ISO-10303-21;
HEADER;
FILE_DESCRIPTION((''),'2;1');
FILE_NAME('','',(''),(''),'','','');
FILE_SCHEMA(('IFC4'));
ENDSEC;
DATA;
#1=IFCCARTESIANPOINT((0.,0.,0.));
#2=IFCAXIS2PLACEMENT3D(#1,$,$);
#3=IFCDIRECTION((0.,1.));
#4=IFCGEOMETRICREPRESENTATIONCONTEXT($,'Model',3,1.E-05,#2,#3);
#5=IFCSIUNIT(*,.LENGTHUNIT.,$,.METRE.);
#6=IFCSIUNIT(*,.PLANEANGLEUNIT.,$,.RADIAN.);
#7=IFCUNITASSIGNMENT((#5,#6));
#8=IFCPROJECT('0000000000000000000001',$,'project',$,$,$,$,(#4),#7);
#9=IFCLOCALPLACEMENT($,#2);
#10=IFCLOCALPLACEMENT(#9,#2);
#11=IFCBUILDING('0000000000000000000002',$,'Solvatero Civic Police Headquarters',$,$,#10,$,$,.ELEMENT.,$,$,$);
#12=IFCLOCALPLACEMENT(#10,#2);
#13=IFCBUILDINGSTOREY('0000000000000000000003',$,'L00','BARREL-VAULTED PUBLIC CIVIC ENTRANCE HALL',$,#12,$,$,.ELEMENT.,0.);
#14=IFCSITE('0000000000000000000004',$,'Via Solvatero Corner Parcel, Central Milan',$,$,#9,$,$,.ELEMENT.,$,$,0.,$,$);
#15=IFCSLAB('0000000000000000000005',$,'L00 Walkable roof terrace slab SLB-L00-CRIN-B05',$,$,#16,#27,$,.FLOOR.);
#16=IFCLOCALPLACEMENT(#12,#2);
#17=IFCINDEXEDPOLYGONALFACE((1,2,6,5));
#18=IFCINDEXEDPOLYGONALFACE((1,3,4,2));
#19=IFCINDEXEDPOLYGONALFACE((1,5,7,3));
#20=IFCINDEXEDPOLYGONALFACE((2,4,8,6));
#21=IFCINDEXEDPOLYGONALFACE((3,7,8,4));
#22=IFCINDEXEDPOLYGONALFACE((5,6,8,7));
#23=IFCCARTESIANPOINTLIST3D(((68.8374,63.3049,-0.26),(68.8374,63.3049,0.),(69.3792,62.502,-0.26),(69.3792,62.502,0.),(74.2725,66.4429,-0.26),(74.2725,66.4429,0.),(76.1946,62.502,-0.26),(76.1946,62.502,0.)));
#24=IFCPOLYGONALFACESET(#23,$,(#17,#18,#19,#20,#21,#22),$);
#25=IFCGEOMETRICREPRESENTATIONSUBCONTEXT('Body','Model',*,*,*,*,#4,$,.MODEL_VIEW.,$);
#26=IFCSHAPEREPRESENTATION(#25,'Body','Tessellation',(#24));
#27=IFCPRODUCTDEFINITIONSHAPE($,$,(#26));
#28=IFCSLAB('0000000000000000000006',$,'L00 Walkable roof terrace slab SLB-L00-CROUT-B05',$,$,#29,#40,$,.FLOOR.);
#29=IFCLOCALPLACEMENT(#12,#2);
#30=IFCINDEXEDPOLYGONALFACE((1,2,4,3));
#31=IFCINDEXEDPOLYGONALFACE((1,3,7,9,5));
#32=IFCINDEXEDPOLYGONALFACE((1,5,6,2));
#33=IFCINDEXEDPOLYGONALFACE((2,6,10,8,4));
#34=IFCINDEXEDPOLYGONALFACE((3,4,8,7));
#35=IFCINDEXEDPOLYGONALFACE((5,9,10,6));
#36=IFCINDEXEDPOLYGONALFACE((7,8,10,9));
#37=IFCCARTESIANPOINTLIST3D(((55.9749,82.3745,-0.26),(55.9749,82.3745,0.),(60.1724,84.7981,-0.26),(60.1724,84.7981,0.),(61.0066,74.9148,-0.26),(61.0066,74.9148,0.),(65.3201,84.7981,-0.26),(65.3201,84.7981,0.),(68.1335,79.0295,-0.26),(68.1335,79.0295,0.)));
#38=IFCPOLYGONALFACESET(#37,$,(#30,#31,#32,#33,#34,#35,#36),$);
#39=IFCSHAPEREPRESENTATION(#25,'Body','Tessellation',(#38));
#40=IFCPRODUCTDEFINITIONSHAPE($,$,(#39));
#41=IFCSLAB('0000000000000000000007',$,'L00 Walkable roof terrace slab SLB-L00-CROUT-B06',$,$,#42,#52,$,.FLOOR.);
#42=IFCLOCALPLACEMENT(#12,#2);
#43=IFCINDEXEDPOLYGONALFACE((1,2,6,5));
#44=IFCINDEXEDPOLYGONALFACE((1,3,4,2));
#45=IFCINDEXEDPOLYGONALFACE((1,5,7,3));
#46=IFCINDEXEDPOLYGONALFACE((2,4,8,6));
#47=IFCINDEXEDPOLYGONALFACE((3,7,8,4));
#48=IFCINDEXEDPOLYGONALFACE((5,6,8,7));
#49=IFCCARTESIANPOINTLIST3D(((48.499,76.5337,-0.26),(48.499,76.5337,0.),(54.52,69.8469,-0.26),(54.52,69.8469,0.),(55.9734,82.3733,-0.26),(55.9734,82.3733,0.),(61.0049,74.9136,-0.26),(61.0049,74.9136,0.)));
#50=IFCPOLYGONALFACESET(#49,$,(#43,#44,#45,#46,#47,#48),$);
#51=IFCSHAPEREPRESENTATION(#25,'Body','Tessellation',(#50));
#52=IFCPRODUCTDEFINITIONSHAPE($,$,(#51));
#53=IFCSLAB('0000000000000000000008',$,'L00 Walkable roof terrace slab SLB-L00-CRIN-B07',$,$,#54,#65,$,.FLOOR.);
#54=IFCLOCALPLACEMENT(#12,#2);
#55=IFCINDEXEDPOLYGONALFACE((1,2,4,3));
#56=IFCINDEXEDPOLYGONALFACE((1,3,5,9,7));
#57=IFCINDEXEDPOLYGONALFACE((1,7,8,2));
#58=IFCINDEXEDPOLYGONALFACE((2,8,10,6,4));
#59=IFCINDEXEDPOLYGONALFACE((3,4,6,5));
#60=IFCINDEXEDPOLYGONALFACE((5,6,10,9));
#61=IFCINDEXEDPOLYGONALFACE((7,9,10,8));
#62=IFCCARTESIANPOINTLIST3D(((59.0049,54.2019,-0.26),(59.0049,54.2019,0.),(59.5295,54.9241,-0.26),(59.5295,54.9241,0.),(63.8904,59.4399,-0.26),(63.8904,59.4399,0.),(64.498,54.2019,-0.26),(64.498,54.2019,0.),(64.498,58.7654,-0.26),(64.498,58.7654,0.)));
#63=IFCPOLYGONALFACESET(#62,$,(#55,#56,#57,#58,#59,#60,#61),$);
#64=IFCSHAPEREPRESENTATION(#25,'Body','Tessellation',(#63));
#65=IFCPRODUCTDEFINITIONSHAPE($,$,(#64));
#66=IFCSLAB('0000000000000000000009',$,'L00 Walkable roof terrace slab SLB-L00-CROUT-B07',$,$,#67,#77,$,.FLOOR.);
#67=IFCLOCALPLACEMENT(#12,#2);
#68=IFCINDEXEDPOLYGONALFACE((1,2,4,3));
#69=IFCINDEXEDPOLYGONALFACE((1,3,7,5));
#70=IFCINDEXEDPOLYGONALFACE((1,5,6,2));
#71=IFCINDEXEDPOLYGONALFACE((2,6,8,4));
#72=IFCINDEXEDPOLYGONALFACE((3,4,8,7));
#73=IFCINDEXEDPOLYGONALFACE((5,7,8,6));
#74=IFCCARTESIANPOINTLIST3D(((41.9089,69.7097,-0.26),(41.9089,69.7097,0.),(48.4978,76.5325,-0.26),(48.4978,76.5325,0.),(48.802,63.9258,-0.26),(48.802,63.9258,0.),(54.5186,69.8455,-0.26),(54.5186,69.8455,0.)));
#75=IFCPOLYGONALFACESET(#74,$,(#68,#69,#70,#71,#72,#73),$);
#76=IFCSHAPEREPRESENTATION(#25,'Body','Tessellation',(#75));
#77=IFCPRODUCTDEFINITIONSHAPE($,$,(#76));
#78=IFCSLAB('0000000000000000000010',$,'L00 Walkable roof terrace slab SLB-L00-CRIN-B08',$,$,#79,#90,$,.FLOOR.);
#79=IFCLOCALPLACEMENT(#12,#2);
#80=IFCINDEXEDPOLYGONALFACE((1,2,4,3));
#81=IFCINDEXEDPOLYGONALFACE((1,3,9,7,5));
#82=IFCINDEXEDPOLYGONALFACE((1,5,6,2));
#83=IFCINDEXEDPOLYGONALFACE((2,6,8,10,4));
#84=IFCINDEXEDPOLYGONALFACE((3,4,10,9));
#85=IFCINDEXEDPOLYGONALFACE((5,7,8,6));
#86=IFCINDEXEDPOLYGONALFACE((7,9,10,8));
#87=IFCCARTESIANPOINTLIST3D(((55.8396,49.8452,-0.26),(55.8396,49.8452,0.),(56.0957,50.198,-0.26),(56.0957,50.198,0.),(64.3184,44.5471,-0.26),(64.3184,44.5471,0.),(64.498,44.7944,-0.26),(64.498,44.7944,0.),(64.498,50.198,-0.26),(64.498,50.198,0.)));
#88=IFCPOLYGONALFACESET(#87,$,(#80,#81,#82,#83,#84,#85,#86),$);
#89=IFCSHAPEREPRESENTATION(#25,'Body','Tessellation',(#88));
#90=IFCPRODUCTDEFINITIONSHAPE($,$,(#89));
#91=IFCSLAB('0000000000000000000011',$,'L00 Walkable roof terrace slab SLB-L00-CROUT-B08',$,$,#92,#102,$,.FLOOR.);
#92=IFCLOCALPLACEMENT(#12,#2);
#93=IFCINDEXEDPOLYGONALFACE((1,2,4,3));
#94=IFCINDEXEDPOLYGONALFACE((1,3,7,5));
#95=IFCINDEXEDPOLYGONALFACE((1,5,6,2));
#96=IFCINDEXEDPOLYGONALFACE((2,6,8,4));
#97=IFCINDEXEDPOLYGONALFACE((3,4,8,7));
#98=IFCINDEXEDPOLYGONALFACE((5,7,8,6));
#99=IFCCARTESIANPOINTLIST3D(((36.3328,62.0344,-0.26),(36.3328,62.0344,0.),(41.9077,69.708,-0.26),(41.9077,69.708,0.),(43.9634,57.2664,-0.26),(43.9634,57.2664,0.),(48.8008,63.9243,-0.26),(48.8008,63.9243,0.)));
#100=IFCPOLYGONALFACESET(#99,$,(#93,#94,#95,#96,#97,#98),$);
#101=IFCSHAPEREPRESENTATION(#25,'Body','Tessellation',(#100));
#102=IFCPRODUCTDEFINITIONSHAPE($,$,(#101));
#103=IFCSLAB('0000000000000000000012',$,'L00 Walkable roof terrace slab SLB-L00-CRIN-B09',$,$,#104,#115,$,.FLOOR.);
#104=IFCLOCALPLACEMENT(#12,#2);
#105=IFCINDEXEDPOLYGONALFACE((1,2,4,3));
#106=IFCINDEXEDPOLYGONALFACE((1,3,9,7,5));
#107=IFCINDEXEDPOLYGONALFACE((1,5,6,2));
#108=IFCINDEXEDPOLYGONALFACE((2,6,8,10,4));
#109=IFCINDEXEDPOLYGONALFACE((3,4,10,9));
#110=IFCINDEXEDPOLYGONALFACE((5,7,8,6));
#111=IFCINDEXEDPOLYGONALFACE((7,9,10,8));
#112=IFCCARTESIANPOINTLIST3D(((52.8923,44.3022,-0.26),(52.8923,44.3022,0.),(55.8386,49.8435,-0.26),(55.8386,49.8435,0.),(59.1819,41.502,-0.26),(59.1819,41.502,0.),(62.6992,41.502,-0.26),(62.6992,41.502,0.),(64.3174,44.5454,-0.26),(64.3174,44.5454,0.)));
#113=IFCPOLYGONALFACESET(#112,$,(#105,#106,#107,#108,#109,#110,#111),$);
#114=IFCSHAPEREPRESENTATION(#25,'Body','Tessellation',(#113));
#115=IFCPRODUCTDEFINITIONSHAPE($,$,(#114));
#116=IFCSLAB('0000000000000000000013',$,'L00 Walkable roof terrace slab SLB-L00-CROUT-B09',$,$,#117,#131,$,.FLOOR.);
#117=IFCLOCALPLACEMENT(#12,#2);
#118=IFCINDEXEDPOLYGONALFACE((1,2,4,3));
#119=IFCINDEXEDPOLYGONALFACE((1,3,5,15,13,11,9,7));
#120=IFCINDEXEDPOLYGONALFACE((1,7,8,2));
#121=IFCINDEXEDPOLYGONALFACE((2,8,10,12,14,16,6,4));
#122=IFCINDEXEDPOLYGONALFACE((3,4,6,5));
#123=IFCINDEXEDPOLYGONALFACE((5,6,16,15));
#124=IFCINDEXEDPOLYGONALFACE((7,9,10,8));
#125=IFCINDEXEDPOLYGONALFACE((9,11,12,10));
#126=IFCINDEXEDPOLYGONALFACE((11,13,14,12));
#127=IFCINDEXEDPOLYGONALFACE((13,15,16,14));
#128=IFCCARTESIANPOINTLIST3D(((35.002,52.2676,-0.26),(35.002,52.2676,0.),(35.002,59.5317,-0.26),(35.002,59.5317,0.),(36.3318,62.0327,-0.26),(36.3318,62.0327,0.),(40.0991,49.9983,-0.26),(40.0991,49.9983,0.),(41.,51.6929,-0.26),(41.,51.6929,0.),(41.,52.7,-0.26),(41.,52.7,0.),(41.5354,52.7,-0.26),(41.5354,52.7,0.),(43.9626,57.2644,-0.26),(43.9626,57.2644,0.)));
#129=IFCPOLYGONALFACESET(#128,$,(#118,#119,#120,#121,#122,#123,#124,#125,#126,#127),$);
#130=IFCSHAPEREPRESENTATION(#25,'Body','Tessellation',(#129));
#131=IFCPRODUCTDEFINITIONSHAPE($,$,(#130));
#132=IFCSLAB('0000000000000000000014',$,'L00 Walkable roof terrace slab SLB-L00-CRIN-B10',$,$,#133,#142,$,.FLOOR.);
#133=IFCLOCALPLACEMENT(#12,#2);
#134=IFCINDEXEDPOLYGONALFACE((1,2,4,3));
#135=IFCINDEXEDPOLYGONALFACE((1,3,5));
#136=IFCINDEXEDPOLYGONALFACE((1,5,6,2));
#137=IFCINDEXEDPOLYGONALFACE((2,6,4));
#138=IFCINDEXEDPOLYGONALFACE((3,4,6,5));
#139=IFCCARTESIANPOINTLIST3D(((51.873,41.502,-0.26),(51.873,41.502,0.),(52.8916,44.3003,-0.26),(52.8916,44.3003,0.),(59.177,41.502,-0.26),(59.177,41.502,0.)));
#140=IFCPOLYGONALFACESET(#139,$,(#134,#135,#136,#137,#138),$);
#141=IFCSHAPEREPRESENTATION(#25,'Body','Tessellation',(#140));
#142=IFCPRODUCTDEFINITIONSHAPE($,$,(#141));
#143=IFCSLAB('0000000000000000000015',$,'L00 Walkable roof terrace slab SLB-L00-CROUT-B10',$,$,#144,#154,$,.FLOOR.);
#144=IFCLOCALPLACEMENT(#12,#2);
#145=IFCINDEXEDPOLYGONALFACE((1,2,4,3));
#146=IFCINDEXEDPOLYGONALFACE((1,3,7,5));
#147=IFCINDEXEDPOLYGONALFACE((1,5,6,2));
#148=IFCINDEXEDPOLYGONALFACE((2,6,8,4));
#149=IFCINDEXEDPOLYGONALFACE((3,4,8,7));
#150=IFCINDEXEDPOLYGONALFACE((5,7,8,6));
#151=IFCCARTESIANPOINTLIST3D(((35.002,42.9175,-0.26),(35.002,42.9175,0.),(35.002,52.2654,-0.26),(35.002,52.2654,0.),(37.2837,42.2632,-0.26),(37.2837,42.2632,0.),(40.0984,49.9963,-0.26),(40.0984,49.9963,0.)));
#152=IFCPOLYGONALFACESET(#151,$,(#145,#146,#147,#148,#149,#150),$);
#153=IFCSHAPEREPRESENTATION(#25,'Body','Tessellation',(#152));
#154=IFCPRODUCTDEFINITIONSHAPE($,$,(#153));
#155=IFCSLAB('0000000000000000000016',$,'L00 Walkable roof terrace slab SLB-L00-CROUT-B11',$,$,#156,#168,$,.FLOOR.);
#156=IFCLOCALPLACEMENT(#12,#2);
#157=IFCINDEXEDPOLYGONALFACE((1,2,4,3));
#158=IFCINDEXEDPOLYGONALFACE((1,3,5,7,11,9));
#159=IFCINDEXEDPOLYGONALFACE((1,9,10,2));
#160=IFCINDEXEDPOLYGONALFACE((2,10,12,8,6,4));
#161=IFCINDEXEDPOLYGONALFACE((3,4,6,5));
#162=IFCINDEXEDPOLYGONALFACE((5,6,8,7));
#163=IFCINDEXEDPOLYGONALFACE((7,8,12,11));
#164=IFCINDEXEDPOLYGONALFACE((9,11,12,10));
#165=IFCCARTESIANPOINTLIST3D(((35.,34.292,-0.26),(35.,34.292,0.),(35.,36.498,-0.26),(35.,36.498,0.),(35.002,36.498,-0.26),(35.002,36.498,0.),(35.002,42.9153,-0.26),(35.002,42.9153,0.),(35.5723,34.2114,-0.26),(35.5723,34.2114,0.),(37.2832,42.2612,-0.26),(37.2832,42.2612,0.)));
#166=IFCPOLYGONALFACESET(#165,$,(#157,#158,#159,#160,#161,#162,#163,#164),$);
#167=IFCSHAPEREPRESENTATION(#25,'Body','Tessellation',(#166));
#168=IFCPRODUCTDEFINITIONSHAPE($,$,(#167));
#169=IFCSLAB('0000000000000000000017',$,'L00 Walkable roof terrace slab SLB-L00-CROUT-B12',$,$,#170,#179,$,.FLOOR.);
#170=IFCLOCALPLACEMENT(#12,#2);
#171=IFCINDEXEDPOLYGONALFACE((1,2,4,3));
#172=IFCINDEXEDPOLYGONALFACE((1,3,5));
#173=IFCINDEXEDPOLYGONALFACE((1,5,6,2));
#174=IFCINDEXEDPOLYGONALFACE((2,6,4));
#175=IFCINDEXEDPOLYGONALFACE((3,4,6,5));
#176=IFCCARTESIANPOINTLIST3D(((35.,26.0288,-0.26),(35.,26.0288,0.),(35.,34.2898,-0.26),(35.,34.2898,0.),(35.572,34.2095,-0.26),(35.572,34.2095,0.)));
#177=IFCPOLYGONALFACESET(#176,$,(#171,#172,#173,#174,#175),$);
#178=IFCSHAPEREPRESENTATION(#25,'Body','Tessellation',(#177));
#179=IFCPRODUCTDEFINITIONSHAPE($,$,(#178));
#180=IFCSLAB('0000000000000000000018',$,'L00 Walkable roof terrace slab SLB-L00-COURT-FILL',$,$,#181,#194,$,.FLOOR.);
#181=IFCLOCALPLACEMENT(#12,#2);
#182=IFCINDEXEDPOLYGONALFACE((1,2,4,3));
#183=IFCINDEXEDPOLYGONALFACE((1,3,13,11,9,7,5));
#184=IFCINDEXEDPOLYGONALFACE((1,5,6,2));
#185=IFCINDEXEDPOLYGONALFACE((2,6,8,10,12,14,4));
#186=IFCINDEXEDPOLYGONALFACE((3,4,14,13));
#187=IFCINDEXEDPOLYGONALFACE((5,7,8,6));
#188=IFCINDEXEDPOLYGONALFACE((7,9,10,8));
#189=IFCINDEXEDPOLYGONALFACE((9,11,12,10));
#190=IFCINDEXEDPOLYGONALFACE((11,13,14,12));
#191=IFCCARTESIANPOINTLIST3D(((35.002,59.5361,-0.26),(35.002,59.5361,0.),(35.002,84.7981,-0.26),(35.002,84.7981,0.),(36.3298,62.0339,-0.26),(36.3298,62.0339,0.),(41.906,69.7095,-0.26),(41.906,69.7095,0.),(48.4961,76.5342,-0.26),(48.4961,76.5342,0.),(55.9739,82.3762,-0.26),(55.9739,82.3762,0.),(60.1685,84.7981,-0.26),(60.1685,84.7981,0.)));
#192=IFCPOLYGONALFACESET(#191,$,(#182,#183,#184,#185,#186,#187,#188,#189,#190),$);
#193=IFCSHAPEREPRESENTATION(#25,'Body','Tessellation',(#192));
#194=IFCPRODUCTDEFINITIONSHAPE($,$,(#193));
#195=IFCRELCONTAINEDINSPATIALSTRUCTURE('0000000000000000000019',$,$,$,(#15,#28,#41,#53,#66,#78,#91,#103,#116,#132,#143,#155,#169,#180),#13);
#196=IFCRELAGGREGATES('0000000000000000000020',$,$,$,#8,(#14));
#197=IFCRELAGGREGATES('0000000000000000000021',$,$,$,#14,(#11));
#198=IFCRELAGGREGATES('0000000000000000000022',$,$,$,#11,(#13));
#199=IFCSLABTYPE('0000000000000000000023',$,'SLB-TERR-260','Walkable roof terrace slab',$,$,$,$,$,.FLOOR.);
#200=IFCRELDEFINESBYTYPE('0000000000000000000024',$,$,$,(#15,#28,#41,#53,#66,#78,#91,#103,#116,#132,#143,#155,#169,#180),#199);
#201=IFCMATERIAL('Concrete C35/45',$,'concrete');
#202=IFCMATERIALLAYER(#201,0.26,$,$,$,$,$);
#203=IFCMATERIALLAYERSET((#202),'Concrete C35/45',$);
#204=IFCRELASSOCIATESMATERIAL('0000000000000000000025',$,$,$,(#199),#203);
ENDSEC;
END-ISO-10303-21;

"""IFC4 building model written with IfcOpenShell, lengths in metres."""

from ifc_helpers import new_model, si_unit, direction, frame, origin, place, context, subcontext, project, spatial, polyline, outline, extrude, material, layer, layer_set, type_object, element, save


model = new_model("IFC4")

# Units and contexts
model_context = context("Model", 3, precision=1e-05, world=origin(), true_north=direction((0.0, 1.0)))
body_context = subcontext(model_context, "Body", "Model", "MODEL_VIEW")
ifc_project = project(units=[si_unit("LENGTHUNIT", "METRE"), si_unit("PLANEANGLEUNIT", "RADIAN")], contexts=[model_context])

# Site, building, storey
site_placement = place(None, origin())
site = spatial("IfcSite", under=ifc_project, at=site_placement, Name="Via Solvatero Corner Parcel, Central Milan", CompositionType="ELEMENT", RefElevation=0.0)
building_placement = place(site_placement, origin())
building = spatial("IfcBuilding", under=site, at=building_placement, Name="Solvatero Civic Police Headquarters", CompositionType="ELEMENT")
storey_placement = place(building_placement, origin())
storey = spatial("IfcBuildingStorey", under=building, at=storey_placement, Name="L00", Description="BARREL-VAULTED PUBLIC CIVIC ENTRANCE HALL", CompositionType="ELEMENT", Elevation=0.0)

# Slabs
ifc_material = material(Name="Concrete C35/45", Category="concrete")
ifc_layer = layer(ifc_material, 0.26)
ifc_layer_set = layer_set([ifc_layer], Name="Concrete C35/45")
slab_type = type_object("IfcSlabType", Name="SLB-TERR-260", Description="Walkable roof terrace slab", PredefinedType="FLOOR", material=ifc_layer_set)
slab_1_placement = place(storey_placement, frame((0.0, 0.0, -0.26)))
element("IfcSlab", 1, at=slab_1_placement, inside=storey, type_object=slab_type, Name="L00 Walkable roof terrace slab SLB-L00-CRIN-B05", PredefinedType="FLOOR", context=body_context, shape_type="SweptSolid", body=[
    extrude(outline(polyline([(68.8374, 63.3049), (74.2725, 66.4429), (76.1946, 62.502), (69.3792, 62.502), (68.8374, 63.3049)])), origin(), (0.0, 0.0, 1.0), 0.26),
])
slab_2_placement = place(storey_placement, frame((0.0, 0.0, -0.26)))
element("IfcSlab", 2, at=slab_2_placement, inside=storey, type_object=slab_type, Name="L00 Walkable roof terrace slab SLB-L00-CROUT-B05", PredefinedType="FLOOR", context=body_context, shape_type="SweptSolid", body=[
    extrude(outline(polyline([(55.9749, 82.3745), (60.1724, 84.7981), (65.3201, 84.7981), (68.1335, 79.0295), (61.0066, 74.9148), (55.9749, 82.3745)])), origin(), (0.0, 0.0, 1.0), 0.26),
])
slab_3_placement = place(storey_placement, frame((0.0, 0.0, -0.26)))
element("IfcSlab", 3, at=slab_3_placement, inside=storey, type_object=slab_type, Name="L00 Walkable roof terrace slab SLB-L00-CROUT-B06", PredefinedType="FLOOR", context=body_context, shape_type="SweptSolid", body=[
    extrude(outline(polyline([(55.9734, 82.3733), (61.0049, 74.9136), (54.52, 69.8469), (48.499, 76.5337), (55.9734, 82.3733)])), origin(), (0.0, 0.0, 1.0), 0.26),
])
slab_4_placement = place(storey_placement, frame((0.0, 0.0, -0.26)))
element("IfcSlab", 4, at=slab_4_placement, inside=storey, type_object=slab_type, Name="L00 Walkable roof terrace slab SLB-L00-CRIN-B07", PredefinedType="FLOOR", context=body_context, shape_type="SweptSolid", body=[
    extrude(outline(polyline([(64.498, 58.7654), (64.498, 54.2019), (59.0049, 54.2019), (59.5295, 54.9241), (63.8904, 59.4399), (64.498, 58.7654)])), origin(), (0.0, 0.0, 1.0), 0.26),
])
slab_5_placement = place(storey_placement, frame((0.0, 0.0, -0.26)))
element("IfcSlab", 5, at=slab_5_placement, inside=storey, type_object=slab_type, Name="L00 Walkable roof terrace slab SLB-L00-CROUT-B07", PredefinedType="FLOOR", context=body_context, shape_type="SweptSolid", body=[
    extrude(outline(polyline([(48.4978, 76.5325), (54.5186, 69.8455), (48.802, 63.9258), (41.9089, 69.7097), (48.4978, 76.5325)])), origin(), (0.0, 0.0, 1.0), 0.26),
])
slab_6_placement = place(storey_placement, frame((0.0, 0.0, -0.26)))
element("IfcSlab", 6, at=slab_6_placement, inside=storey, type_object=slab_type, Name="L00 Walkable roof terrace slab SLB-L00-CRIN-B08", PredefinedType="FLOOR", context=body_context, shape_type="SweptSolid", body=[
    extrude(outline(polyline([(55.8396, 49.8452), (56.0957, 50.198), (64.498, 50.198), (64.498, 44.7944), (64.3184, 44.5471), (55.8396, 49.8452)])), origin(), (0.0, 0.0, 1.0), 0.26),
])
slab_7_placement = place(storey_placement, frame((0.0, 0.0, -0.26)))
element("IfcSlab", 7, at=slab_7_placement, inside=storey, type_object=slab_type, Name="L00 Walkable roof terrace slab SLB-L00-CROUT-B08", PredefinedType="FLOOR", context=body_context, shape_type="SweptSolid", body=[
    extrude(outline(polyline([(41.9077, 69.708), (48.8008, 63.9243), (43.9634, 57.2664), (36.3328, 62.0344), (41.9077, 69.708)])), origin(), (0.0, 0.0, 1.0), 0.26),
])
slab_8_placement = place(storey_placement, frame((0.0, 0.0, -0.26)))
element("IfcSlab", 8, at=slab_8_placement, inside=storey, type_object=slab_type, Name="L00 Walkable roof terrace slab SLB-L00-CRIN-B09", PredefinedType="FLOOR", context=body_context, shape_type="SweptSolid", body=[
    extrude(outline(polyline([(52.8923, 44.3022), (55.8386, 49.8435), (64.3174, 44.5454), (62.6992, 41.502), (59.1819, 41.502), (52.8923, 44.3022)])), origin(), (0.0, 0.0, 1.0), 0.26),
])
slab_9_placement = place(storey_placement, frame((0.0, 0.0, -0.26)))
element("IfcSlab", 9, at=slab_9_placement, inside=storey, type_object=slab_type, Name="L00 Walkable roof terrace slab SLB-L00-CROUT-B09", PredefinedType="FLOOR", context=body_context, shape_type="SweptSolid", body=[
    extrude(outline(polyline([(41.0, 52.7), (41.0, 51.6929), (40.0991, 49.9983), (35.002, 52.2676), (35.002, 59.5317), (36.3318, 62.0327), (43.9626, 57.2644), (41.5354, 52.7), (41.0, 52.7)])), origin(), (0.0, 0.0, 1.0), 0.26),
])
slab_10_placement = place(storey_placement, frame((0.0, 0.0, -0.26)))
element("IfcSlab", 10, at=slab_10_placement, inside=storey, type_object=slab_type, Name="L00 Walkable roof terrace slab SLB-L00-CRIN-B10", PredefinedType="FLOOR", context=body_context, shape_type="SweptSolid", body=[
    extrude(outline(polyline([(51.873, 41.502), (52.8916, 44.3003), (59.177, 41.502), (51.873, 41.502)])), origin(), (0.0, 0.0, 1.0), 0.26),
])
slab_11_placement = place(storey_placement, frame((0.0, 0.0, -0.26)))
element("IfcSlab", 11, at=slab_11_placement, inside=storey, type_object=slab_type, Name="L00 Walkable roof terrace slab SLB-L00-CROUT-B10", PredefinedType="FLOOR", context=body_context, shape_type="SweptSolid", body=[
    extrude(outline(polyline([(35.002, 42.9175), (35.002, 52.2654), (40.0984, 49.9963), (37.2837, 42.2632), (35.002, 42.9175)])), origin(), (0.0, 0.0, 1.0), 0.26),
])
slab_12_placement = place(storey_placement, frame((0.0, 0.0, -0.26)))
element("IfcSlab", 12, at=slab_12_placement, inside=storey, type_object=slab_type, Name="L00 Walkable roof terrace slab SLB-L00-CROUT-B11", PredefinedType="FLOOR", context=body_context, shape_type="SweptSolid", body=[
    extrude(outline(polyline([(35.0, 34.292), (35.0, 36.498), (35.002, 36.498), (35.002, 42.9153), (37.2832, 42.2612), (35.5723, 34.2114), (35.0, 34.292)])), origin(), (0.0, 0.0, 1.0), 0.26),
])
slab_13_placement = place(storey_placement, frame((0.0, 0.0, -0.26)))
element("IfcSlab", 13, at=slab_13_placement, inside=storey, type_object=slab_type, Name="L00 Walkable roof terrace slab SLB-L00-CROUT-B12", PredefinedType="FLOOR", context=body_context, shape_type="SweptSolid", body=[
    extrude(outline(polyline([(35.0, 34.2898), (35.572, 34.2095), (35.0, 26.0288), (35.0, 34.2898)])), origin(), (0.0, 0.0, 1.0), 0.26),
])
slab_14_placement = place(storey_placement, frame((0.0, 0.0, -0.26)))
element("IfcSlab", 14, at=slab_14_placement, inside=storey, type_object=slab_type, Name="L00 Walkable roof terrace slab SLB-L00-COURT-FILL", PredefinedType="FLOOR", context=body_context, shape_type="SweptSolid", body=[
    extrude(outline(polyline([(55.9739, 82.3762), (48.4961, 76.5342), (41.906, 69.7095), (36.3298, 62.0339), (35.002, 59.5361), (35.002, 84.7981), (60.1685, 84.7981), (55.9739, 82.3762)])), origin(), (0.0, 0.0, 1.0), 0.26),
])

save(model, "model.ifc")
